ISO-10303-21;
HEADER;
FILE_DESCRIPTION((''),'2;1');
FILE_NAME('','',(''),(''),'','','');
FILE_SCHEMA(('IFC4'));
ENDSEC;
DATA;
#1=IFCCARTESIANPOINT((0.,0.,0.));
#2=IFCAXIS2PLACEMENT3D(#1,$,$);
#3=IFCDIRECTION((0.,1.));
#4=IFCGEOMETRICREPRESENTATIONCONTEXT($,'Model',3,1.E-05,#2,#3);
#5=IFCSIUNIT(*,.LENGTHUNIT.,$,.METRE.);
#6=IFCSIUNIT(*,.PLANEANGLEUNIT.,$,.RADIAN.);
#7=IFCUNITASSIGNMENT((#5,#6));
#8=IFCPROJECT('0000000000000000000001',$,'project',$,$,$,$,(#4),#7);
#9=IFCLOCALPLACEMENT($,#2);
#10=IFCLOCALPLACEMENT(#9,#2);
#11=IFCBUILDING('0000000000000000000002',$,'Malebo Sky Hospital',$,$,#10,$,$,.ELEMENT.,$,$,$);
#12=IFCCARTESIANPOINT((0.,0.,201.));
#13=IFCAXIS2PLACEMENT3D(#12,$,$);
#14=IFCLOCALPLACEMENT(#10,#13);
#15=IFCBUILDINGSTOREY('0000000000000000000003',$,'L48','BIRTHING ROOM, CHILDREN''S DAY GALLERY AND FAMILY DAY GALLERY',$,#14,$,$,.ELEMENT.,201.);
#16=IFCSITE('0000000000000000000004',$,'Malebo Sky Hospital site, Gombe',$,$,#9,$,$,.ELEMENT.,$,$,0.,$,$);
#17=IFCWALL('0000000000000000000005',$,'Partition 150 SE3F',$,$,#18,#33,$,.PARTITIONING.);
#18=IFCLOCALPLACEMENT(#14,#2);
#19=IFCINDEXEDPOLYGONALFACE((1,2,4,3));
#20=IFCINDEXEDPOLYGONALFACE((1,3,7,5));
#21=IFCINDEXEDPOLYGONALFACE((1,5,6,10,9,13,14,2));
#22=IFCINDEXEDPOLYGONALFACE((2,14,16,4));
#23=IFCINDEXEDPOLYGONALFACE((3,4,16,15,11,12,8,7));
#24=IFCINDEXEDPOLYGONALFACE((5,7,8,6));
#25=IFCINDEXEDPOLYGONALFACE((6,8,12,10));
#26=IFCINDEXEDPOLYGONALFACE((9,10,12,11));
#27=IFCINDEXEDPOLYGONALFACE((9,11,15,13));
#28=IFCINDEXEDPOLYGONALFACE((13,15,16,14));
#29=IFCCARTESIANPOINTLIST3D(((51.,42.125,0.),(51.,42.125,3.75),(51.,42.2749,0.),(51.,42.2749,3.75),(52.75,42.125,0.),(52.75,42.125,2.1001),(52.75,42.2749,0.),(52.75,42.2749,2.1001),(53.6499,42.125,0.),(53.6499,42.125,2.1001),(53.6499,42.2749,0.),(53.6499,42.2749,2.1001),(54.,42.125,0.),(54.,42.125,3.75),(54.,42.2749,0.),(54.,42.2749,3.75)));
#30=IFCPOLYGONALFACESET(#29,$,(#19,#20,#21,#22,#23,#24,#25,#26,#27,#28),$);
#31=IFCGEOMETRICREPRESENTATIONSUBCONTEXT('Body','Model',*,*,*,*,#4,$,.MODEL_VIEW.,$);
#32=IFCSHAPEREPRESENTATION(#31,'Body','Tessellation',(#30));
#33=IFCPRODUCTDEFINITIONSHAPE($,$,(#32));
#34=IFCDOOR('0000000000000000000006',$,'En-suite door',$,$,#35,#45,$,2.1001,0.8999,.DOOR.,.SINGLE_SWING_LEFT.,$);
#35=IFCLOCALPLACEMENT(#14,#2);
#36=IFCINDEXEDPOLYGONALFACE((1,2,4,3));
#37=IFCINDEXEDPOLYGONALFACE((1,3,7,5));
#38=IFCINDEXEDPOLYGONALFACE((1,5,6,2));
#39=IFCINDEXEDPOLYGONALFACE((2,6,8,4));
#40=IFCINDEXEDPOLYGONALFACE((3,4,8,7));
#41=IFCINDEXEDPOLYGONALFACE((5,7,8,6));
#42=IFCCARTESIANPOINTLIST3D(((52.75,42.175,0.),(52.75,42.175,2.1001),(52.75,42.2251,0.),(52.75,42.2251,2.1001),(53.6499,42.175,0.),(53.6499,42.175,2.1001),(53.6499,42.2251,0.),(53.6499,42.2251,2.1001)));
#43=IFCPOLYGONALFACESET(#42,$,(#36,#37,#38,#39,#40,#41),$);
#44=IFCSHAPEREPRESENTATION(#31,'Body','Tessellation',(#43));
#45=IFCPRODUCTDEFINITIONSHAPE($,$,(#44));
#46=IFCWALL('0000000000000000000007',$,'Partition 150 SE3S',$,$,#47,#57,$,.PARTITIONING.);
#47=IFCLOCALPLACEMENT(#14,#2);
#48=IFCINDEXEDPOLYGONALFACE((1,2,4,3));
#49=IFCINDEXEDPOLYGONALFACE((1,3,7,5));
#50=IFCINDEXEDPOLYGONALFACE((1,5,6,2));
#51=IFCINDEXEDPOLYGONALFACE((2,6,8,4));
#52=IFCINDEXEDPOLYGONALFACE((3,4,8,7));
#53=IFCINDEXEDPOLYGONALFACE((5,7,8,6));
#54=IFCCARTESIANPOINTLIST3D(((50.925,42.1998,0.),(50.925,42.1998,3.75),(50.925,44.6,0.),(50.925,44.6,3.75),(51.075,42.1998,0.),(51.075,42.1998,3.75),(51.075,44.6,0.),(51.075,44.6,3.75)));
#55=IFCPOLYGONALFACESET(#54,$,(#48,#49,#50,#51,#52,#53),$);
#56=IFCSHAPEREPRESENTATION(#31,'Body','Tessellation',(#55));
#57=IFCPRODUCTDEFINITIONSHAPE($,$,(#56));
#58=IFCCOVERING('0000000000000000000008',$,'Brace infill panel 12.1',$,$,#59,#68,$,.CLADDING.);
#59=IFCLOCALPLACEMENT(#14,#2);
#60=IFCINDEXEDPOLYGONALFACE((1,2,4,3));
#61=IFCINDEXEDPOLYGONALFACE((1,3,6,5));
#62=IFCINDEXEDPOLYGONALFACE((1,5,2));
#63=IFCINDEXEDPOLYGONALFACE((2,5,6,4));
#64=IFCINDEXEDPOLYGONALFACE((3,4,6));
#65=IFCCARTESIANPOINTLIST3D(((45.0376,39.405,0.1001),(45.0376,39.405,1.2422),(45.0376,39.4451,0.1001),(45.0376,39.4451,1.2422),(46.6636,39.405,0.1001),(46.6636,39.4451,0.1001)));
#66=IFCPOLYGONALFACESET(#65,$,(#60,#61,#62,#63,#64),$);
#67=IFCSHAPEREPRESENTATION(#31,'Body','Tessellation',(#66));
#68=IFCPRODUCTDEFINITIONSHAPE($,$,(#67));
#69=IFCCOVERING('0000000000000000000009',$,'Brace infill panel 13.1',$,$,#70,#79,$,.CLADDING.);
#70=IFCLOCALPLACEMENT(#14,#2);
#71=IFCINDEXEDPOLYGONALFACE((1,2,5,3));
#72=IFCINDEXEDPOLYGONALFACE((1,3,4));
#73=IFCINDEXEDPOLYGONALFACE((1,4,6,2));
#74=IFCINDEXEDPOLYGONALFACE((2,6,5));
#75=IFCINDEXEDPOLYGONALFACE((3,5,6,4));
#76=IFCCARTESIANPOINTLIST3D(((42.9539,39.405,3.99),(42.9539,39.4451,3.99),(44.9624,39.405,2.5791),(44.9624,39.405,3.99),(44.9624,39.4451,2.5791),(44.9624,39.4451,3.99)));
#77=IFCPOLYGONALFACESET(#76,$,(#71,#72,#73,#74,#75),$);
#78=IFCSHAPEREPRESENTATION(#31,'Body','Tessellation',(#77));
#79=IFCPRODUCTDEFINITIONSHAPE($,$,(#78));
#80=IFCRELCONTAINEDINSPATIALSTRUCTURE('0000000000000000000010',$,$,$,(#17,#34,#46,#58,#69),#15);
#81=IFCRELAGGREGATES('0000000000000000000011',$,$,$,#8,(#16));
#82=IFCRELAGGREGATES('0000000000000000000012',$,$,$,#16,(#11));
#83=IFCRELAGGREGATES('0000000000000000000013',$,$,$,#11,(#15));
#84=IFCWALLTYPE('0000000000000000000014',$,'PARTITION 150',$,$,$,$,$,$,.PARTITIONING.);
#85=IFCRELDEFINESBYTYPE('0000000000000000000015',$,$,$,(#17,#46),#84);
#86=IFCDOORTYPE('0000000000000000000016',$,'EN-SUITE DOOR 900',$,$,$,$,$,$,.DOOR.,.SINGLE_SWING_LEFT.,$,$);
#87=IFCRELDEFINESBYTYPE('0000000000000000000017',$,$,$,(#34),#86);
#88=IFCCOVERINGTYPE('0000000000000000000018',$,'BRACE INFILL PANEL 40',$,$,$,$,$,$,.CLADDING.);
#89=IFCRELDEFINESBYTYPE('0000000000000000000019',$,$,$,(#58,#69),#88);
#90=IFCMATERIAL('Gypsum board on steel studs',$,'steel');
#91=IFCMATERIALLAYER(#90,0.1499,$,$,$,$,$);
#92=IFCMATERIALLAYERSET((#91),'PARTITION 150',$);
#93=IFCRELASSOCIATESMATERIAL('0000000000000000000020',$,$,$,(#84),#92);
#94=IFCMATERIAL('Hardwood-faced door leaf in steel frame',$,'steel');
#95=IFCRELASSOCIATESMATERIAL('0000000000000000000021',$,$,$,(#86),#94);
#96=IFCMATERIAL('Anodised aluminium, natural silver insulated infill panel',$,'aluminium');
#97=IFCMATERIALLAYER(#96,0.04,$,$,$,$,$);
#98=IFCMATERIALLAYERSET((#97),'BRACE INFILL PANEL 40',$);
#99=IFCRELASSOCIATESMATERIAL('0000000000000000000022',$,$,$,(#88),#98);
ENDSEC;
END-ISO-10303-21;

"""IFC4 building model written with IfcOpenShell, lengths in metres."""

from ifc_helpers import new_model, si_unit, direction, frame, frame_2d, origin, place, context, subcontext, project, spatial, polyline, rectangle, outline, extrude, material, layer, layer_set, type_object, element, fill, save


model = new_model("IFC4")

# Units and contexts
model_context = context("Model", 3, precision=1e-05, world=origin(), true_north=direction((0.0, 1.0)))
body_context = subcontext(model_context, "Body", "Model", "MODEL_VIEW")
ifc_project = project(units=[si_unit("LENGTHUNIT", "METRE"), si_unit("PLANEANGLEUNIT", "RADIAN")], contexts=[model_context])

# Site, building, storey
site_placement = place(None, origin())
site = spatial("IfcSite", under=ifc_project, at=site_placement, Name="Malebo Sky Hospital site, Gombe", CompositionType="ELEMENT", RefElevation=0.0)
building_placement = place(site_placement, origin())
building = spatial("IfcBuilding", under=site, at=building_placement, Name="Malebo Sky Hospital", CompositionType="ELEMENT")
storey_placement = place(building_placement, frame((0.0, 0.0, 201.0)))
storey = spatial("IfcBuildingStorey", under=building, at=storey_placement, Name="L48", Description="BIRTHING ROOM, CHILDREN'S DAY GALLERY AND FAMILY DAY GALLERY", CompositionType="ELEMENT", Elevation=201.0)

# Shared definitions
ifc_material_1 = material(Name="Gypsum board on steel studs", Category="steel")
ifc_layer_1 = layer(ifc_material_1, 0.1499)
ifc_layer_set_1 = layer_set([ifc_layer_1], Name="PARTITION 150")
wall_type_1 = type_object("IfcWallType", Name="PARTITION 150", PredefinedType="PARTITIONING", material=ifc_layer_set_1)

# Wall, opening, door
wall_1_placement = place(storey_placement, frame((54.0, 42.2, 0.0), z_axis=(0.0, 0.0, 1.0), x_axis=(-1.0, 0.0, 0.0)))
wall_1 = element("IfcWall", 1, at=wall_1_placement, inside=storey, type_object=wall_type_1, Name="Partition 150 SE3F", PredefinedType="PARTITIONING", context=body_context, shape_type="SweptSolid", body=[
    extrude(rectangle(XDim=3.0, YDim=0.1499, at=frame_2d((1.5, 0.0))), origin(), (0.0, 0.0, 1.0), 3.75),
])
opening_placement = place(wall_1_placement, frame((0.3501, 0.0, 0.0)))
opening = element("IfcOpeningElement", 2, at=opening_placement, cuts=wall_1, PredefinedType="OPENING", context=body_context, shape_type="SweptSolid", body=[
    extrude(rectangle(XDim=0.8999, YDim=2.1001, at=frame_2d((0.45, 1.05))), frame((0.0, 0.085, 0.0), z_axis=(0.0, -1.0, 0.0), x_axis=(1.0, 0.0, 0.0)), (0.0, 0.0, 1.0), 0.1699),
])
ifc_material_2 = material(Name="Hardwood-faced door leaf in steel frame", Category="steel")
door_type = type_object("IfcDoorType", Name="EN-SUITE DOOR 900", OperationType="SINGLE_SWING_LEFT", PredefinedType="DOOR", material=ifc_material_2)
door_placement = place(opening_placement, origin())
door = element("IfcDoor", 3, at=door_placement, inside=storey, type_object=door_type, Name="En-suite door", OperationType="SINGLE_SWING_LEFT", OverallHeight=2.1001, OverallWidth=0.8999, PredefinedType="DOOR", context=body_context, shape_type="SweptSolid", body=[
    extrude(rectangle(XDim=0.8999, YDim=2.1001, at=frame_2d((0.45, 1.05))), frame((0.0, 0.0249, 0.0), z_axis=(0.0, -1.0, 0.0), x_axis=(1.0, 0.0, 0.0)), (0.0, 0.0, 1.0), 0.05),
])
fill(opening, door)

# Wall
wall_2_placement = place(storey_placement, frame((51.0, 44.6001, 0.0), z_axis=(0.0, 0.0, 1.0), x_axis=(0.0, -1.0, 0.0)))
element("IfcWall", 4, at=wall_2_placement, inside=storey, type_object=wall_type_1, Name="Partition 150 SE3S", PredefinedType="PARTITIONING", context=body_context, shape_type="SweptSolid", body=[
    extrude(rectangle(XDim=2.4001, YDim=0.1499, at=frame_2d((1.2002, 0.0))), origin(), (0.0, 0.0, 1.0), 3.75),
])

# Coverings
ifc_material_3 = material(Name="Anodised aluminium, natural silver insulated infill panel", Category="aluminium")
ifc_layer_2 = layer(ifc_material_3, 0.04)
ifc_layer_set_2 = layer_set([ifc_layer_2], Name="BRACE INFILL PANEL 40")
covering_type = type_object("IfcCoveringType", Name="BRACE INFILL PANEL 40", PredefinedType="CLADDING", material=ifc_layer_set_2)
covering_1_placement = place(storey_placement, frame((45.8506, 39.425, 0.1001), z_axis=(0.0, 0.0, 1.0), x_axis=(-1.0, 0.0, 0.0)))
element("IfcCovering", 5, at=covering_1_placement, inside=storey, type_object=covering_type, Name="Brace infill panel 12.1", PredefinedType="CLADDING", context=body_context, shape_type="SweptSolid", body=[
    extrude(outline(polyline([(-0.813, 0.0), (0.813, 0.0), (0.813, 1.1421), (-0.813, 0.0)])), frame((0.0, 0.02, 0.0), z_axis=(0.0, -1.0, 0.0), x_axis=(1.0, 0.0, 0.0)), (0.0, 0.0, 1.0), 0.04),
])
covering_2_placement = place(storey_placement, frame((43.9583, 39.425, 2.5791), z_axis=(0.0, 0.0, 1.0), x_axis=(-1.0, 0.0, 0.0)))
element("IfcCovering", 6, at=covering_2_placement, inside=storey, type_object=covering_type, Name="Brace infill panel 13.1", PredefinedType="CLADDING", context=body_context, shape_type="SweptSolid", body=[
    extrude(outline(polyline([(-1.0042, 0.0), (1.0044, 1.4109), (-1.0042, 1.4109), (-1.0042, 0.0)])), frame((0.0, 0.02, 0.0), z_axis=(0.0, -1.0, 0.0), x_axis=(1.0, 0.0, 0.0)), (0.0, 0.0, 1.0), 0.04),
])

save(model, "model.ifc")
